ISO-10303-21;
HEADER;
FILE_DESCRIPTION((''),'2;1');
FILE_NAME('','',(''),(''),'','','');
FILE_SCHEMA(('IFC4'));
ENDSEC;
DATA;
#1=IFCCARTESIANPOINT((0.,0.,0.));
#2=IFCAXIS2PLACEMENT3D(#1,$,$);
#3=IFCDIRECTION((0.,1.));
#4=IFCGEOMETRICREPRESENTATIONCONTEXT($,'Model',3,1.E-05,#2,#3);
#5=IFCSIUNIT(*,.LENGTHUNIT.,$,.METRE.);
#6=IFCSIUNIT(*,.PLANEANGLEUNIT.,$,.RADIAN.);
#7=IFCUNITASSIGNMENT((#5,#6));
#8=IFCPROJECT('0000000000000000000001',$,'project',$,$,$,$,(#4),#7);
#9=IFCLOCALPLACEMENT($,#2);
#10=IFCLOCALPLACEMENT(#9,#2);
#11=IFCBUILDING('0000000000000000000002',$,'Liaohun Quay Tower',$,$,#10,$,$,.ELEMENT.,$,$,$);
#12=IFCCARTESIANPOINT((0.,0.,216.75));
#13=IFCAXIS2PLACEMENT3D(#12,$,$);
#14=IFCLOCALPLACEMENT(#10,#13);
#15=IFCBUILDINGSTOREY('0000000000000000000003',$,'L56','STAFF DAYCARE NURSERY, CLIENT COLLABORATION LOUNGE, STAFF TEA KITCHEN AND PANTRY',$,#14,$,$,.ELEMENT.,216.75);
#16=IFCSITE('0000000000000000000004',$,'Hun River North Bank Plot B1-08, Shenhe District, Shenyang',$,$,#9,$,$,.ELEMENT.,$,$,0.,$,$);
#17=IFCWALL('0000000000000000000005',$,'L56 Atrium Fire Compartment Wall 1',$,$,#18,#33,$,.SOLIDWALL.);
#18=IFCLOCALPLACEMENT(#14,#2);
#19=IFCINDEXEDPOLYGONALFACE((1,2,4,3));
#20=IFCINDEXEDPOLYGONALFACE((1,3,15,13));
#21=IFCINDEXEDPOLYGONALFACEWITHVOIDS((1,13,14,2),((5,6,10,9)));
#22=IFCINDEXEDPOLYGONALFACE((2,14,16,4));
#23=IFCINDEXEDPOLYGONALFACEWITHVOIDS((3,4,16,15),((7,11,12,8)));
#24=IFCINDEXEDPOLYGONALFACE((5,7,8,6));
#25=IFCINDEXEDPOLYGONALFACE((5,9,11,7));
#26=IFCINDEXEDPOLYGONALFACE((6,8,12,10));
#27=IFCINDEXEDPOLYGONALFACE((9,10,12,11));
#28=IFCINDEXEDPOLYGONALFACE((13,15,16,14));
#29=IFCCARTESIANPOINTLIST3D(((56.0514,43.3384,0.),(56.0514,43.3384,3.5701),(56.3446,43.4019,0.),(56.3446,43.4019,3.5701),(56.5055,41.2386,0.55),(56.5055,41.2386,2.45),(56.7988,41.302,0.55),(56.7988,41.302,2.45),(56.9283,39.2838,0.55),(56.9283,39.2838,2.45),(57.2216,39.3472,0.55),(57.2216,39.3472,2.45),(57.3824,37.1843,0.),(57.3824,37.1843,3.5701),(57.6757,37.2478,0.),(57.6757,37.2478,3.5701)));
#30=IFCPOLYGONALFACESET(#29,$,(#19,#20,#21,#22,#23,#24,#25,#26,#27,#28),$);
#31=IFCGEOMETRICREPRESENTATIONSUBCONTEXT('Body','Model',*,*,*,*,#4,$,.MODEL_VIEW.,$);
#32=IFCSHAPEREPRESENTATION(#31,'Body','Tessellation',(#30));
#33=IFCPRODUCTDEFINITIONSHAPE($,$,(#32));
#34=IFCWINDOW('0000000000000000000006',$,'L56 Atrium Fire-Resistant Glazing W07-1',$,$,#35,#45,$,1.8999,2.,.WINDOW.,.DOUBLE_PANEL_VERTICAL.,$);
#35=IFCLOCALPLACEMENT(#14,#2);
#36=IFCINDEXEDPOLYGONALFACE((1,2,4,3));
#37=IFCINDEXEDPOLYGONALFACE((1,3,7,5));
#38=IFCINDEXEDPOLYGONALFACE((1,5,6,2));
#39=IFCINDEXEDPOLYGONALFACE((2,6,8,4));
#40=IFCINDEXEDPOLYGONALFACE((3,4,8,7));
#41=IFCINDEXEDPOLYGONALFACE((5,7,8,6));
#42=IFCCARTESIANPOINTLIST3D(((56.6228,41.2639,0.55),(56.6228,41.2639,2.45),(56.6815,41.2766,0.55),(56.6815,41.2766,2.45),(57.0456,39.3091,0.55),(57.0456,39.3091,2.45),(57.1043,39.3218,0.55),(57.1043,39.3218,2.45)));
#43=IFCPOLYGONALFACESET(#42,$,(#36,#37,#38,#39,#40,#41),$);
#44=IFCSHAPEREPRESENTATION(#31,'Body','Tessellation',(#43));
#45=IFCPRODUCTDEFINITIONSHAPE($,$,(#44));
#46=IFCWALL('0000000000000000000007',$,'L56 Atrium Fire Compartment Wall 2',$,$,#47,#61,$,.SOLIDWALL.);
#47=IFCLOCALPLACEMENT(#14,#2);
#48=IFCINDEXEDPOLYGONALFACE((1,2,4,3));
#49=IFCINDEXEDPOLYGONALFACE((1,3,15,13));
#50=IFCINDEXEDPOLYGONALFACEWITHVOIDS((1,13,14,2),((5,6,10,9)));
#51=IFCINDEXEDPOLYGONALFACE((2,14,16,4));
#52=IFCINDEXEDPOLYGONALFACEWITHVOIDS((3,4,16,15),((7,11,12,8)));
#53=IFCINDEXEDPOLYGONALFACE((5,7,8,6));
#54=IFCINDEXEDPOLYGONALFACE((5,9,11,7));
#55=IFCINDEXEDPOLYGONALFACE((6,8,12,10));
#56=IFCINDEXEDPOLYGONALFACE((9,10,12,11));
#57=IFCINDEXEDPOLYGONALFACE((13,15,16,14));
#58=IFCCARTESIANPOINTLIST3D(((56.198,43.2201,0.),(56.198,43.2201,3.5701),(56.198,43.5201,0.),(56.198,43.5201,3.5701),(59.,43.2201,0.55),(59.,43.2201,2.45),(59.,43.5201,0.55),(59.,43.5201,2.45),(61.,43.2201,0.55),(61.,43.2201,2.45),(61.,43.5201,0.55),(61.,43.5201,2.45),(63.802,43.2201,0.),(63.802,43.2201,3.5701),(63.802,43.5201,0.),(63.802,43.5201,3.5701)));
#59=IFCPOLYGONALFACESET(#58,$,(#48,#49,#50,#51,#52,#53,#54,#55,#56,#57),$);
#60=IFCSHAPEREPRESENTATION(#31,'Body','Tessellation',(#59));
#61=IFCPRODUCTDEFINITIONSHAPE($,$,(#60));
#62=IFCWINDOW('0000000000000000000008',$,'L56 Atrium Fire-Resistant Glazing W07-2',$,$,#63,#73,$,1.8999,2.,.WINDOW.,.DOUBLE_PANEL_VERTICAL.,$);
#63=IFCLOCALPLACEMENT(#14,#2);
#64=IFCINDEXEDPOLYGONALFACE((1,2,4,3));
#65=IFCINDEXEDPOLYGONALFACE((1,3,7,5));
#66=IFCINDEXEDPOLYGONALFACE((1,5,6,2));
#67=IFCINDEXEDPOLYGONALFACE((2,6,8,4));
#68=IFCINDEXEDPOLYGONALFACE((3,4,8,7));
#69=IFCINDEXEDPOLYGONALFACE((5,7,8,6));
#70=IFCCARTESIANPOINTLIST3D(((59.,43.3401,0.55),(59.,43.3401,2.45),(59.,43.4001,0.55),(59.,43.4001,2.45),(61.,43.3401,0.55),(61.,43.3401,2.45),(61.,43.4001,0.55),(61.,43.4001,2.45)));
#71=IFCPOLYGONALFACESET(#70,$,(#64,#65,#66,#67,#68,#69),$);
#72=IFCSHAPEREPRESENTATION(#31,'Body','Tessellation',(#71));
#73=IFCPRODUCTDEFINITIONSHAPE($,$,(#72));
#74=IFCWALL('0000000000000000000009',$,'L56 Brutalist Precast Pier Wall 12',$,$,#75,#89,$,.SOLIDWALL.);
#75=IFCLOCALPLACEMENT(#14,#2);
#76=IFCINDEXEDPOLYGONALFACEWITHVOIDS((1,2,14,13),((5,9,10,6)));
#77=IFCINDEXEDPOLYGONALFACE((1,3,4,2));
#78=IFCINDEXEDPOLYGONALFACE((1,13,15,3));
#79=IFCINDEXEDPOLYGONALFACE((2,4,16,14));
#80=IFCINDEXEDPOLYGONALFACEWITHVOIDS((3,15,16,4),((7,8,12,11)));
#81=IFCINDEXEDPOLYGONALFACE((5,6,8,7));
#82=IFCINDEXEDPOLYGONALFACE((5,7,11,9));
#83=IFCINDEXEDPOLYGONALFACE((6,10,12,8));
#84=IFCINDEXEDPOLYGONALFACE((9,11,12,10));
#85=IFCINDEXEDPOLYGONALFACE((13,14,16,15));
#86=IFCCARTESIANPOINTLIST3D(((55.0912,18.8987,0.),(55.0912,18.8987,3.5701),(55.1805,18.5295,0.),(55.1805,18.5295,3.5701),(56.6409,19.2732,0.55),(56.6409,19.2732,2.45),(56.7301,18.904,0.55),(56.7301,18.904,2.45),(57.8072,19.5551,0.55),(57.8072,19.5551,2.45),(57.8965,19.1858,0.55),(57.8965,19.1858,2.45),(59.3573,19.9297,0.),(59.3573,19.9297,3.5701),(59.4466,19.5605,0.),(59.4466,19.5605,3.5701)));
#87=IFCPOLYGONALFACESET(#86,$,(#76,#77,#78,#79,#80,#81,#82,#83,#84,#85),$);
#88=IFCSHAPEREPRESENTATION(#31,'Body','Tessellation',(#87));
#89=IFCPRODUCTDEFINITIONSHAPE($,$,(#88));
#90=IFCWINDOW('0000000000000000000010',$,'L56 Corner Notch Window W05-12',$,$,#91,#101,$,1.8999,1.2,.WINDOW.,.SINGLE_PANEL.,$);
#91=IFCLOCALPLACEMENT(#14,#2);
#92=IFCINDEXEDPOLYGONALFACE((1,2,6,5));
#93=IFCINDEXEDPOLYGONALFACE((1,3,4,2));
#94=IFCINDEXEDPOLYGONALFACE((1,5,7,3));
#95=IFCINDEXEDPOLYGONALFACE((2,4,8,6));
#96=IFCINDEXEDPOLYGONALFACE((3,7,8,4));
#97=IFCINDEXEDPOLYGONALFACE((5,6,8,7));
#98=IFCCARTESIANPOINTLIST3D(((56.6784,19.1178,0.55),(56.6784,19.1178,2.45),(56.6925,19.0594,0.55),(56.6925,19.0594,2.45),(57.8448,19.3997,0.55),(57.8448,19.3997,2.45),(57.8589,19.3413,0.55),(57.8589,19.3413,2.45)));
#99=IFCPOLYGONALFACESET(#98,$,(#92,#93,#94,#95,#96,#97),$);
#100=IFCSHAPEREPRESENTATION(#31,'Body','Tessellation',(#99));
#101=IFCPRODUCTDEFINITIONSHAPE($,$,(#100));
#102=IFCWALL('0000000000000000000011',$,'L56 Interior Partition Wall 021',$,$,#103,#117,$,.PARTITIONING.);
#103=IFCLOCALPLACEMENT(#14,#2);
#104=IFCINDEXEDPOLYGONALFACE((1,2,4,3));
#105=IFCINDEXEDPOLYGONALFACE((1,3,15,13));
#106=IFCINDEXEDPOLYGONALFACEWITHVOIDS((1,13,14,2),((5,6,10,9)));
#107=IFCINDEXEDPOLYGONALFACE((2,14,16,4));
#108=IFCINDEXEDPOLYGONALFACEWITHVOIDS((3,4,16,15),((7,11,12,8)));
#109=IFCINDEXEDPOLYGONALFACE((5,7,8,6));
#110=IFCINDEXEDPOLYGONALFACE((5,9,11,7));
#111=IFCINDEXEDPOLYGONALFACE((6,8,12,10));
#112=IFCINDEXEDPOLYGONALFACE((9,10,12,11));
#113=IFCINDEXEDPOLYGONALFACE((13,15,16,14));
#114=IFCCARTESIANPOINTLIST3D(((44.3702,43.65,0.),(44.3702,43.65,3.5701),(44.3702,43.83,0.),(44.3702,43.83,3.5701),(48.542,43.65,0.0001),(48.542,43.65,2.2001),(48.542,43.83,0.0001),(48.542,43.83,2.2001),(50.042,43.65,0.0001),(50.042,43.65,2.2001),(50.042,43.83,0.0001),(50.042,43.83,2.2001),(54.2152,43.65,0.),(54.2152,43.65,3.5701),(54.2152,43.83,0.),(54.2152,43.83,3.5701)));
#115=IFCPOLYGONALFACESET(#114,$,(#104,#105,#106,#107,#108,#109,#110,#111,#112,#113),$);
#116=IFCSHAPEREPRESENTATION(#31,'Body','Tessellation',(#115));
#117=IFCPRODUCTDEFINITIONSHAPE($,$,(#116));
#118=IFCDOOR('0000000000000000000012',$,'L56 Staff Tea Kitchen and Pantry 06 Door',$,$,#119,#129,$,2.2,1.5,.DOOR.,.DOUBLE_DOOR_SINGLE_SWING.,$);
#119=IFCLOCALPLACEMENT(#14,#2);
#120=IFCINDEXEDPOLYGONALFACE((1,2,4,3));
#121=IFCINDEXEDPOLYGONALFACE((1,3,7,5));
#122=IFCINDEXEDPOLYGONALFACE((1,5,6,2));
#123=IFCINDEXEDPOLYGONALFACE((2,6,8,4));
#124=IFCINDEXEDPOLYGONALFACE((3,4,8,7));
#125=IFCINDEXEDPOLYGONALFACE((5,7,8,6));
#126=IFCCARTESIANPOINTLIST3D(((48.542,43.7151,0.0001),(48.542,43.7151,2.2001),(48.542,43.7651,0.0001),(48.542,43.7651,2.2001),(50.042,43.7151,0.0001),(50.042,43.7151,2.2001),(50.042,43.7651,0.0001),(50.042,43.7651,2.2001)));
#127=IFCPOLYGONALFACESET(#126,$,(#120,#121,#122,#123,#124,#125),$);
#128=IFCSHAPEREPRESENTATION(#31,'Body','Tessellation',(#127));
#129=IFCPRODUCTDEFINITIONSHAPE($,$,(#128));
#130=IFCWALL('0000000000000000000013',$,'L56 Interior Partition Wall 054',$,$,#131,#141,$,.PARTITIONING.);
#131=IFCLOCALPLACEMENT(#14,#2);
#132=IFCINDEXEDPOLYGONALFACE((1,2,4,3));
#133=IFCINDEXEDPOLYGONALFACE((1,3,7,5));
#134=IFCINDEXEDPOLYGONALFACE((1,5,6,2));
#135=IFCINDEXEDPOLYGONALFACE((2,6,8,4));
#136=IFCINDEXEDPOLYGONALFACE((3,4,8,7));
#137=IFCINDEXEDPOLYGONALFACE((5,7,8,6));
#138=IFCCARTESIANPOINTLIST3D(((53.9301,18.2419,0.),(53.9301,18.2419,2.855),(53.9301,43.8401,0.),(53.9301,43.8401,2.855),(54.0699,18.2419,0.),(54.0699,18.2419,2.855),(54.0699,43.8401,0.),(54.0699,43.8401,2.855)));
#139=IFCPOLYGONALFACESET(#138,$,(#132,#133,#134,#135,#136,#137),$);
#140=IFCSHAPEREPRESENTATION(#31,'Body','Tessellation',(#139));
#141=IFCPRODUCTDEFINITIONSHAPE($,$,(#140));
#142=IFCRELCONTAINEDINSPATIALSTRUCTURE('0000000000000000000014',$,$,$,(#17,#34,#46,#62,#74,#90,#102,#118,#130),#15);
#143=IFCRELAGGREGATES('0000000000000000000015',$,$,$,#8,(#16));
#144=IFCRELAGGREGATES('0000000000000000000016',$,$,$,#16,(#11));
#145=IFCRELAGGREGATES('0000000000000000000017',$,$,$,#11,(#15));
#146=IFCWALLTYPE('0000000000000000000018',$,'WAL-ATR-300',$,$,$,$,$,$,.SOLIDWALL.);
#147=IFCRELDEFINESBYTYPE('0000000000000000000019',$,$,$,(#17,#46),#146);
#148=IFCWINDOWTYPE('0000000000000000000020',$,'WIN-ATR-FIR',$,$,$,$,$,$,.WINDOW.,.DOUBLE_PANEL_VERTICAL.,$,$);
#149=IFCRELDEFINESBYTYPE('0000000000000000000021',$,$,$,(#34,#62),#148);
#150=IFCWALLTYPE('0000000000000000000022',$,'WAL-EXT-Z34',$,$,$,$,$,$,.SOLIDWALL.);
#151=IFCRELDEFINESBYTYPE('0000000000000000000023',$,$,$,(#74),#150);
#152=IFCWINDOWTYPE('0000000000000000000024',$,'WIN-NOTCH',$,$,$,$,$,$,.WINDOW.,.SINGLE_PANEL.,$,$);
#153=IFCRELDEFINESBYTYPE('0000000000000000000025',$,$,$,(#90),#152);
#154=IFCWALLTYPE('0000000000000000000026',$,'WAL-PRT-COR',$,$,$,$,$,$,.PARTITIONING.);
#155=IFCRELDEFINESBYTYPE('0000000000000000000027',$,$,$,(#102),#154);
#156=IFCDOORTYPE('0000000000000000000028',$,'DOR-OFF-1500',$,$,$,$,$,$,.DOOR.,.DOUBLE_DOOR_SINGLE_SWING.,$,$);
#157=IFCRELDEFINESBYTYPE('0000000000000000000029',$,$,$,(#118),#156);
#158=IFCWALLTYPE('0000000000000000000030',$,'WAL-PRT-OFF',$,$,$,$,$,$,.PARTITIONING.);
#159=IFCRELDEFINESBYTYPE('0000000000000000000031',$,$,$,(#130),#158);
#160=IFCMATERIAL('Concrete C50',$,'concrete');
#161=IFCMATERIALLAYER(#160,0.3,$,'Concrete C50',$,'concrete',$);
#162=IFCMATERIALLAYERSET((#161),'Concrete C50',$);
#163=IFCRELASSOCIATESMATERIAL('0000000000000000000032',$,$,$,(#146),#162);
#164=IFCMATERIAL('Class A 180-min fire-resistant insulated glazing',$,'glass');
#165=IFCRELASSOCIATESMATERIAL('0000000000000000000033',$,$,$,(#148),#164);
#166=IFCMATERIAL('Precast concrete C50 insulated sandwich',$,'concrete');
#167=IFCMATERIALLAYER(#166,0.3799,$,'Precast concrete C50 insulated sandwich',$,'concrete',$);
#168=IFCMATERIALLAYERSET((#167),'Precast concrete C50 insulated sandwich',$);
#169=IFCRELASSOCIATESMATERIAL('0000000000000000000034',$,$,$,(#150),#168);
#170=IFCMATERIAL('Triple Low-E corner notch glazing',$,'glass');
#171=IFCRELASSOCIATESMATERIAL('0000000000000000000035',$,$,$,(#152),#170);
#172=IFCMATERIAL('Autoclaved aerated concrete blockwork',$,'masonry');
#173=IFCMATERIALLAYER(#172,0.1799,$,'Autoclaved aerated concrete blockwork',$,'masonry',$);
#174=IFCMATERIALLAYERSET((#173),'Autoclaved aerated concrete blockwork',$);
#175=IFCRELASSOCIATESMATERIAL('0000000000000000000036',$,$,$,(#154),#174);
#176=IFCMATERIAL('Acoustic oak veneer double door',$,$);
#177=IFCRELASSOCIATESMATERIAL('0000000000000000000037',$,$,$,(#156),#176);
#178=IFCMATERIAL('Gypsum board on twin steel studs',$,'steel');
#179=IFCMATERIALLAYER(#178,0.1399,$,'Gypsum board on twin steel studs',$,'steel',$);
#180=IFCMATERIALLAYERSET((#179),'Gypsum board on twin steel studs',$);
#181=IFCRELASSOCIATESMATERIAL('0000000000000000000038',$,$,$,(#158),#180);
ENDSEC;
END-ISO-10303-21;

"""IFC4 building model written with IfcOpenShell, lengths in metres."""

from ifc_helpers import new_model, si_unit, direction, frame, frame_2d, origin, place, context, subcontext, project, spatial, rectangle, extrude, source, transform, mapped, material, layer, layer_set, type_object, element, fill, save


model = new_model("IFC4")

# Units and contexts
model_context = context("Model", 3, precision=1e-05, world=origin(), true_north=direction((0.0, 1.0)))
body_context = subcontext(model_context, "Body", "Model", "MODEL_VIEW")
ifc_project = project(units=[si_unit("LENGTHUNIT", "METRE"), si_unit("PLANEANGLEUNIT", "RADIAN")], contexts=[model_context])

# Site, building, storey
site_placement = place(None, origin())
site = spatial("IfcSite", under=ifc_project, at=site_placement, Name="Hun River North Bank Plot B1-08, Shenhe District, Shenyang", CompositionType="ELEMENT", RefElevation=0.0)
building_placement = place(site_placement, origin())
building = spatial("IfcBuilding", under=site, at=building_placement, Name="Liaohun Quay Tower", CompositionType="ELEMENT")
storey_placement = place(building_placement, frame((0.0, 0.0, 216.75)))
storey = spatial("IfcBuildingStorey", under=building, at=storey_placement, Name="L56", Description="STAFF DAYCARE NURSERY, CLIENT COLLABORATION LOUNGE, STAFF TEA KITCHEN AND PANTRY", CompositionType="ELEMENT", Elevation=216.75)

# Walls, openings, windows
ifc_material_1 = material(Name="Concrete C50", Category="concrete")
ifc_layer_1 = layer(ifc_material_1, 0.3, Name="Concrete C50", Category="concrete")
ifc_layer_set_1 = layer_set([ifc_layer_1], Name="Concrete C50")
wall_type_1 = type_object("IfcWallType", Name="WAL-ATR-300", PredefinedType="SOLIDWALL", material=ifc_layer_set_1)
wall_1_placement = place(storey_placement, frame((57.5291, 37.2161, 0.0), z_axis=(0.0, 0.0, 1.0), x_axis=(-0.211401, 0.977399, 0.0)))
wall_1 = element("IfcWall", 1, at=wall_1_placement, inside=storey, type_object=wall_type_1, Name="L56 Atrium Fire Compartment Wall 1", PredefinedType="SOLIDWALL", context=body_context, shape_type="SweptSolid", body=[
    extrude(rectangle(XDim=6.2964, YDim=0.3, at=frame_2d((3.1482, 0.0))), origin(), (0.0, 0.0, 1.0), 3.5701),
])
shared_shape_1 = source(origin(), body_context, "Body", "SweptSolid", [
    extrude(rectangle(XDim=2.0, YDim=1.8999, at=frame_2d((1.0, 0.95))), frame((0.0, 0.1599, 0.0), z_axis=(0.0, -1.0, 0.0), x_axis=(1.0, 0.0, 0.0)), (0.0, 0.0, 1.0), 0.3201),
])
opening_1_placement = place(wall_1_placement, frame((2.1479, 0.0, 0.55)))
opening_1 = element("IfcOpeningElement", 2, at=opening_1_placement, cuts=wall_1, PredefinedType="OPENING", context=body_context, shape_type="MappedRepresentation", body=[
    mapped(shared_shape_1, transform((0.0, 0.0, 0.0), x_axis=(1.0, 0.0, 0.0), y_axis=(0.0, 1.0, 0.0), z_axis=(0.0, 0.0, 1.0), scale=1.0)),
])
ifc_material_2 = material(Name="Class A 180-min fire-resistant insulated glazing", Category="glass")
window_type_1 = type_object("IfcWindowType", Name="WIN-ATR-FIR", PartitioningType="DOUBLE_PANEL_VERTICAL", PredefinedType="WINDOW", material=ifc_material_2)
shared_shape_2 = source(origin(), body_context, "Body", "SweptSolid", [
    extrude(rectangle(XDim=2.0, YDim=1.8999, at=frame_2d((1.0, 0.95))), frame((0.0, 0.03, 0.0), z_axis=(0.0, -1.0, 0.0), x_axis=(1.0, 0.0, 0.0)), (0.0, 0.0, 1.0), 0.0601),
])
window_1_placement = place(opening_1_placement, origin())
window_1 = element("IfcWindow", 3, at=window_1_placement, inside=storey, type_object=window_type_1, Name="L56 Atrium Fire-Resistant Glazing W07-1", OverallHeight=1.8999, OverallWidth=2.0, PartitioningType="DOUBLE_PANEL_VERTICAL", PredefinedType="WINDOW", context=body_context, shape_type="MappedRepresentation", body=[
    mapped(shared_shape_2, transform((0.0, 0.0, 0.0), x_axis=(1.0, 0.0, 0.0), y_axis=(0.0, 1.0, 0.0), z_axis=(0.0, 0.0, 1.0), scale=1.0)),
])
fill(opening_1, window_1)
wall_2_placement = place(storey_placement, frame((56.198, 43.3701, 0.0), z_axis=(0.0, 0.0, 1.0), x_axis=(1.0, 0.0, 0.0)))
wall_2 = element("IfcWall", 4, at=wall_2_placement, inside=storey, type_object=wall_type_1, Name="L56 Atrium Fire Compartment Wall 2", PredefinedType="SOLIDWALL", context=body_context, shape_type="SweptSolid", body=[
    extrude(rectangle(XDim=7.604, YDim=0.3, at=frame_2d((3.802, 0.0))), origin(), (0.0, 0.0, 1.0), 3.5701),
])
opening_2_placement = place(wall_2_placement, frame((2.802, 0.0, 0.55)))
opening_2 = element("IfcOpeningElement", 5, at=opening_2_placement, cuts=wall_2, PredefinedType="OPENING", context=body_context, shape_type="MappedRepresentation", body=[
    mapped(shared_shape_1, transform((0.0, 0.0, 0.0), x_axis=(1.0, 0.0, 0.0), y_axis=(0.0, 1.0, 0.0), z_axis=(0.0, 0.0, 1.0), scale=1.0)),
])
window_2_placement = place(opening_2_placement, origin())
window_2 = element("IfcWindow", 6, at=window_2_placement, inside=storey, type_object=window_type_1, Name="L56 Atrium Fire-Resistant Glazing W07-2", OverallHeight=1.8999, OverallWidth=2.0, PartitioningType="DOUBLE_PANEL_VERTICAL", PredefinedType="WINDOW", context=body_context, shape_type="MappedRepresentation", body=[
    mapped(shared_shape_2, transform((0.0, 0.0, 0.0), x_axis=(1.0, 0.0, 0.0), y_axis=(0.0, 1.0, 0.0), z_axis=(0.0, 0.0, 1.0), scale=1.0)),
])
fill(opening_2, window_2)
ifc_material_3 = material(Name="Precast concrete C50 insulated sandwich", Category="concrete")
ifc_layer_2 = layer(ifc_material_3, 0.3799, Name="Precast concrete C50 insulated sandwich", Category="concrete")
ifc_layer_set_2 = layer_set([ifc_layer_2], Name="Precast concrete C50 insulated sandwich")
wall_type_2 = type_object("IfcWallType", Name="WAL-EXT-Z34", PredefinedType="SOLIDWALL", material=ifc_layer_set_2)
wall_3_placement = place(storey_placement, frame((55.136, 18.7141, 0.0), z_axis=(0.0, 0.0, 1.0), x_axis=(0.972017, 0.234911, 0.0)))
wall_3 = element("IfcWall", 7, at=wall_3_placement, inside=storey, type_object=wall_type_2, Name="L56 Brutalist Precast Pier Wall 12", PredefinedType="SOLIDWALL", context=body_context, shape_type="SweptSolid", body=[
    extrude(rectangle(XDim=4.3889, YDim=0.3799, at=frame_2d((2.1943, 0.0))), origin(), (0.0, 0.0, 1.0), 3.5701),
])
shared_shape_3 = source(origin(), body_context, "Body", "SweptSolid", [
    extrude(rectangle(XDim=1.2, YDim=1.8999, at=frame_2d((0.6001, 0.95))), frame((0.0, 0.2, 0.0), z_axis=(0.0, -1.0, 0.0), x_axis=(1.0, 0.0, 0.0)), (0.0, 0.0, 1.0), 0.3999),
])
opening_3_placement = place(wall_3_placement, frame((1.594, 0.0, 0.55)))
opening_3 = element("IfcOpeningElement", 8, at=opening_3_placement, cuts=wall_3, PredefinedType="OPENING", context=body_context, shape_type="MappedRepresentation", body=[
    mapped(shared_shape_3, transform((0.0, 0.0, 0.0), x_axis=(1.0, 0.0, 0.0), y_axis=(0.0, 1.0, 0.0), z_axis=(0.0, 0.0, 1.0), scale=1.0)),
])
ifc_material_4 = material(Name="Triple Low-E corner notch glazing", Category="glass")
window_type_2 = type_object("IfcWindowType", Name="WIN-NOTCH", PartitioningType="SINGLE_PANEL", PredefinedType="WINDOW", material=ifc_material_4)
shared_shape_4 = source(origin(), body_context, "Body", "SweptSolid", [
    extrude(rectangle(XDim=1.2, YDim=1.8999, at=frame_2d((0.6001, 0.95))), frame((0.0, 0.03, 0.0), z_axis=(0.0, -1.0, 0.0), x_axis=(1.0, 0.0, 0.0)), (0.0, 0.0, 1.0), 0.0601),
])
window_3_placement = place(opening_3_placement, origin())
window_3 = element("IfcWindow", 9, at=window_3_placement, inside=storey, type_object=window_type_2, Name="L56 Corner Notch Window W05-12", OverallHeight=1.8999, OverallWidth=1.2, PartitioningType="SINGLE_PANEL", PredefinedType="WINDOW", context=body_context, shape_type="MappedRepresentation", body=[
    mapped(shared_shape_4, transform((0.0, 0.0, 0.0), x_axis=(1.0, 0.0, 0.0), y_axis=(0.0, 1.0, 0.0), z_axis=(0.0, 0.0, 1.0), scale=1.0)),
])
fill(opening_3, window_3)

# Wall, opening, door
ifc_material_5 = material(Name="Autoclaved aerated concrete blockwork", Category="masonry")
ifc_layer_3 = layer(ifc_material_5, 0.1799, Name="Autoclaved aerated concrete blockwork", Category="masonry")
ifc_layer_set_3 = layer_set([ifc_layer_3], Name="Autoclaved aerated concrete blockwork")
wall_type_3 = type_object("IfcWallType", Name="WAL-PRT-COR", PredefinedType="PARTITIONING", material=ifc_layer_set_3)
wall_4_placement = place(storey_placement, frame((54.2151, 43.74, 0.0), z_axis=(0.0, 0.0, 1.0), x_axis=(-1.0, 0.0, 0.0)))
wall_4 = element("IfcWall", 10, at=wall_4_placement, inside=storey, type_object=wall_type_3, Name="L56 Interior Partition Wall 021", PredefinedType="PARTITIONING", context=body_context, shape_type="SweptSolid", body=[
    extrude(rectangle(XDim=9.845, YDim=0.1799, at=frame_2d((4.9224, 0.0))), origin(), (0.0, 0.0, 1.0), 3.5701),
])
shared_shape_5 = source(origin(), body_context, "Body", "SweptSolid", [
    extrude(rectangle(XDim=1.5, YDim=2.2, at=frame_2d((0.75, 1.1001))), frame((0.0, 0.0999, 0.0), z_axis=(0.0, -1.0, 0.0), x_axis=(1.0, 0.0, 0.0)), (0.0, 0.0, 1.0), 0.2),
])
opening_4_placement = place(wall_4_placement, frame((4.1731, 0.0, 0.0)))
opening_4 = element("IfcOpeningElement", 11, at=opening_4_placement, cuts=wall_4, PredefinedType="OPENING", context=body_context, shape_type="MappedRepresentation", body=[
    mapped(shared_shape_5, transform((0.0, 0.0, 0.0), x_axis=(1.0, 0.0, 0.0), y_axis=(0.0, 1.0, 0.0), z_axis=(0.0, 0.0, 1.0), scale=1.0)),
])
ifc_material_6 = material(Name="Acoustic oak veneer double door")
door_type = type_object("IfcDoorType", Name="DOR-OFF-1500", OperationType="DOUBLE_DOOR_SINGLE_SWING", PredefinedType="DOOR", material=ifc_material_6)
shared_shape_6 = source(origin(), body_context, "Body", "SweptSolid", [
    extrude(rectangle(XDim=1.5, YDim=2.2, at=frame_2d((0.75, 1.1001))), frame((0.0, 0.0249, 0.0), z_axis=(0.0, -1.0, 0.0), x_axis=(1.0, 0.0, 0.0)), (0.0, 0.0, 1.0), 0.05),
])
door_placement = place(opening_4_placement, origin())
door = element("IfcDoor", 12, at=door_placement, inside=storey, type_object=door_type, Name="L56 Staff Tea Kitchen and Pantry 06 Door", OperationType="DOUBLE_DOOR_SINGLE_SWING", OverallHeight=2.2, OverallWidth=1.5, PredefinedType="DOOR", context=body_context, shape_type="MappedRepresentation", body=[
    mapped(shared_shape_6, transform((0.0, 0.0, 0.0), x_axis=(1.0, 0.0, 0.0), y_axis=(0.0, 1.0, 0.0), z_axis=(0.0, 0.0, 1.0), scale=1.0)),
])
fill(opening_4, door)

# Wall
ifc_material_7 = material(Name="Gypsum board on twin steel studs", Category="steel")
ifc_layer_4 = layer(ifc_material_7, 0.1399, Name="Gypsum board on twin steel studs", Category="steel")
ifc_layer_set_4 = layer_set([ifc_layer_4], Name="Gypsum board on twin steel studs")
wall_type_4 = type_object("IfcWallType", Name="WAL-PRT-OFF", PredefinedType="PARTITIONING", material=ifc_layer_set_4)
wall_5_placement = place(storey_placement, frame((54.0, 43.8401, 0.0), z_axis=(0.0, 0.0, 1.0), x_axis=(0.0, -1.0, 0.0)))
element("IfcWall", 13, at=wall_5_placement, inside=storey, type_object=wall_type_4, Name="L56 Interior Partition Wall 054", PredefinedType="PARTITIONING", context=body_context, shape_type="SweptSolid", body=[
    extrude(rectangle(XDim=25.5981, YDim=0.1399, at=frame_2d((12.7991, 0.0))), origin(), (0.0, 0.0, 1.0), 2.855),
])

save(model, "model.ifc")
